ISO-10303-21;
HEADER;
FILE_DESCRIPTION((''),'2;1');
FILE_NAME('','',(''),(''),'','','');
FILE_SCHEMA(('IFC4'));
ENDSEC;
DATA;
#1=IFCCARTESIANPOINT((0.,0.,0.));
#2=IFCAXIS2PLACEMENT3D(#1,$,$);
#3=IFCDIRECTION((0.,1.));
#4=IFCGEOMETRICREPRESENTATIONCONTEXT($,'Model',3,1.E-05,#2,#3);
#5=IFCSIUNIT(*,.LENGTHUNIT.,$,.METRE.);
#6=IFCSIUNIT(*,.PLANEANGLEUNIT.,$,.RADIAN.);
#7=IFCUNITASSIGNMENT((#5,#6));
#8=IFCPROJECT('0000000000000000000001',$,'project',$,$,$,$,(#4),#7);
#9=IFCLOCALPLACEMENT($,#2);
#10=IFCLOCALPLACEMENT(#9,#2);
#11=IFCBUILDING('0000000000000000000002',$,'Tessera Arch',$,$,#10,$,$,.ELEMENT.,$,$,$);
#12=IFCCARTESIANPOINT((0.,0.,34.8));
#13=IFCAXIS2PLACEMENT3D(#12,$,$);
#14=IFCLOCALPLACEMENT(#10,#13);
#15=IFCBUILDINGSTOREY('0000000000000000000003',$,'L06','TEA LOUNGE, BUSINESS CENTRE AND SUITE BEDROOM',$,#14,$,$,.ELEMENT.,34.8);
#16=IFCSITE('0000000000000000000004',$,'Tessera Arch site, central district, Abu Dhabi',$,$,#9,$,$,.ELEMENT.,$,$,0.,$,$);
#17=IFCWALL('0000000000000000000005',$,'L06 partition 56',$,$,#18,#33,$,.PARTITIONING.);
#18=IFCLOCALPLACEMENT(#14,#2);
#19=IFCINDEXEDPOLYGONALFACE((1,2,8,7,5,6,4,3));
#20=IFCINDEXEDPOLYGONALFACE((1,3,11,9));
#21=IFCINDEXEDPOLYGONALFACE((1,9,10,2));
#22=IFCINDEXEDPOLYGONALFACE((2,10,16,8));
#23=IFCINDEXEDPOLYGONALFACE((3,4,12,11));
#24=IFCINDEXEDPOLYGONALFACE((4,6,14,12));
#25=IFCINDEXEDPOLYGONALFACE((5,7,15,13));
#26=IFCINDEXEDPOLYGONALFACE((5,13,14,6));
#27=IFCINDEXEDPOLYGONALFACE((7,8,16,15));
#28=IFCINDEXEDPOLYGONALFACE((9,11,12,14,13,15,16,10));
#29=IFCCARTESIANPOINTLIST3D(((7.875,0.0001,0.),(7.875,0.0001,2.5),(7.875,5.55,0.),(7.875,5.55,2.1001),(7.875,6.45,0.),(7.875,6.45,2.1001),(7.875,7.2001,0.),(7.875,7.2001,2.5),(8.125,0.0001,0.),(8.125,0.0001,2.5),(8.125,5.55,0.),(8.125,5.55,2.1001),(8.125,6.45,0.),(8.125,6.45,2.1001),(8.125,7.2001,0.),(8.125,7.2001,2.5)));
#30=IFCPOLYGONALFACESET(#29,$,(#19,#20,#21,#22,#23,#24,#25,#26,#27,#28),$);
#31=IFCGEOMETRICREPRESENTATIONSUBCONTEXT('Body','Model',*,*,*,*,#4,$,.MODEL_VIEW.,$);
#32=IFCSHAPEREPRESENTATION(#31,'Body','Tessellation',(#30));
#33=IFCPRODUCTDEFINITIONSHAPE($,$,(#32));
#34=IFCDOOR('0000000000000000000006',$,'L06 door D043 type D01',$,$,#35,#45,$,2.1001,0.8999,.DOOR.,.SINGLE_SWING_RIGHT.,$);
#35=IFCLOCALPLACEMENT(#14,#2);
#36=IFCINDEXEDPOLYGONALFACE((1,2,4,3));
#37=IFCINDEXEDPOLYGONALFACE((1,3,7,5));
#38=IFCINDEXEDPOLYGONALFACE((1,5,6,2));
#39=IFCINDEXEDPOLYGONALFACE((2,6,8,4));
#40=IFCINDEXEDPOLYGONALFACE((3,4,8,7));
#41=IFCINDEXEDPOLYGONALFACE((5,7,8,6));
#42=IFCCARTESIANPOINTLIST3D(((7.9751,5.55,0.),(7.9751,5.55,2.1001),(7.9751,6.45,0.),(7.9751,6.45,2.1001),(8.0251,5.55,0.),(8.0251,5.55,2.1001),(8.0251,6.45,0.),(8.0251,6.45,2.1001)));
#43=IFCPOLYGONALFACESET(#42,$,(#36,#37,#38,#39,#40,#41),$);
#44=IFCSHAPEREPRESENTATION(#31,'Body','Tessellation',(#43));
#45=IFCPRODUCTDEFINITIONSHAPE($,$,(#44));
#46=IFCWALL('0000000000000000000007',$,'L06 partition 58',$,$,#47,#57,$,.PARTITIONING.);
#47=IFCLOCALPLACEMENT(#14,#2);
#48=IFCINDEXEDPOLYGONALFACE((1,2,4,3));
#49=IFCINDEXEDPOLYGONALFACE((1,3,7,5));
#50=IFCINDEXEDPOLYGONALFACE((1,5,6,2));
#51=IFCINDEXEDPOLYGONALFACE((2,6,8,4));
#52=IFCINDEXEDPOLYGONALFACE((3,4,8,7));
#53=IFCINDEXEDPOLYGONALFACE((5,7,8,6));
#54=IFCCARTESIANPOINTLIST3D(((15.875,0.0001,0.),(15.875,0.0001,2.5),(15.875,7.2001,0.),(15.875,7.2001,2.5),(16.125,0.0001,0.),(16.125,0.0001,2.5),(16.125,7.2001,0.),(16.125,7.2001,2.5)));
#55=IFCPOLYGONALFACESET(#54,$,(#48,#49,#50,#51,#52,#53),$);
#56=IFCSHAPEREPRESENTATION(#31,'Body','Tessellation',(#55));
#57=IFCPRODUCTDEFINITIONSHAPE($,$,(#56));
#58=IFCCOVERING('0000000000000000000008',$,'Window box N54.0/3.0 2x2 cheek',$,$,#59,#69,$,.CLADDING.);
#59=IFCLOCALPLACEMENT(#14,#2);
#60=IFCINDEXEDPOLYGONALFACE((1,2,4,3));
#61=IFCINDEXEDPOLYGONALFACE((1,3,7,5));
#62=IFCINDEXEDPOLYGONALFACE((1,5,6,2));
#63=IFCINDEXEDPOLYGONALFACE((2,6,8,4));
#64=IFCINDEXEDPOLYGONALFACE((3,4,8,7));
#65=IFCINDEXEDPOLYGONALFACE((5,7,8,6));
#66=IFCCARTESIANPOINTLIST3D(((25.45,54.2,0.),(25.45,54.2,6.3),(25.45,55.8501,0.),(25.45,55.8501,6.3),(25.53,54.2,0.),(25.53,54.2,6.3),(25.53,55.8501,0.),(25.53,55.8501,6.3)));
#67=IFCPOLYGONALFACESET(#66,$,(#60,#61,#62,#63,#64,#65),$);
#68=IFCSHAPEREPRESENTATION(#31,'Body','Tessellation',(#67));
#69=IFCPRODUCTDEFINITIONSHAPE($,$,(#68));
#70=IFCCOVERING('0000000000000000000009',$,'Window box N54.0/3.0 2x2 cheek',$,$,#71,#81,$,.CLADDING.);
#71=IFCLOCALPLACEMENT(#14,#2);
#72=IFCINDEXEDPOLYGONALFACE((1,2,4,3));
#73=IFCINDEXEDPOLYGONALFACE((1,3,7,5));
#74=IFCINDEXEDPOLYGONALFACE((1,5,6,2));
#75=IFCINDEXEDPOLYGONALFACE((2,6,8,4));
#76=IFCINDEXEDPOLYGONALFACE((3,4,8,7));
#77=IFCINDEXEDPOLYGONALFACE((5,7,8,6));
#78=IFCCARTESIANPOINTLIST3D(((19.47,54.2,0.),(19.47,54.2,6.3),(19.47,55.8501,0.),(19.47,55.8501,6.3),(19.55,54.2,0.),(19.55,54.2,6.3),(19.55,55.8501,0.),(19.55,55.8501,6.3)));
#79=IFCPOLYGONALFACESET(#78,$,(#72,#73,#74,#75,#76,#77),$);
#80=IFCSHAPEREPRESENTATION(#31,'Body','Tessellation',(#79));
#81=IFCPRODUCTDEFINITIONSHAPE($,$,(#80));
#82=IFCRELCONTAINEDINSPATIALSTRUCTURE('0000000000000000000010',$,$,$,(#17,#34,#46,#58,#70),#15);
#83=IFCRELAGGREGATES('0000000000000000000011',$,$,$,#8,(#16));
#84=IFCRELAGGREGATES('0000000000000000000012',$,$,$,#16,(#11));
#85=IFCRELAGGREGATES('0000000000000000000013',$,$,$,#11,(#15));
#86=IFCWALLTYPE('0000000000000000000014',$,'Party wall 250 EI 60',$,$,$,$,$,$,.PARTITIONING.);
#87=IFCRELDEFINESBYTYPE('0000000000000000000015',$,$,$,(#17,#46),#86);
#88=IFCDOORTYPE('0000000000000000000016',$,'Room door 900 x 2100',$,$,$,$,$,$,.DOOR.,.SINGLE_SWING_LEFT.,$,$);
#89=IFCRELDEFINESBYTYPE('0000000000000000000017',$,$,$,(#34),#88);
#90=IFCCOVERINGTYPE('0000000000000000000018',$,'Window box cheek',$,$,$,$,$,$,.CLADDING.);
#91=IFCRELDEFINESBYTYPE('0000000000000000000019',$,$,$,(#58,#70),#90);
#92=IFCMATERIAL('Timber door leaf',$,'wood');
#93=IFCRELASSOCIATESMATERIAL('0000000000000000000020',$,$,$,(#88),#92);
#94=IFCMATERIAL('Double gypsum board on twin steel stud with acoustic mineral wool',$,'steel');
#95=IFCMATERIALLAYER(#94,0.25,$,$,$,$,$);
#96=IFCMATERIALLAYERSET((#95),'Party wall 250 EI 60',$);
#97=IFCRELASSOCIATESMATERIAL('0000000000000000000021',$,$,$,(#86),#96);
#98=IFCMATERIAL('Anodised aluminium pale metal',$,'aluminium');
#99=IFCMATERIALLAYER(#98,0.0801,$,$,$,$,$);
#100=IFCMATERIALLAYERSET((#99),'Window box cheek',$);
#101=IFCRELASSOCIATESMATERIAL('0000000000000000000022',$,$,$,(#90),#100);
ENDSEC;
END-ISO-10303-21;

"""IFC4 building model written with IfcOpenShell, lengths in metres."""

from ifc_helpers import new_model, si_unit, direction, frame, frame_2d, origin, place, context, subcontext, project, spatial, polyline, rectangle, outline, extrude, material, layer, layer_set, type_object, element, fill, save


model = new_model("IFC4")

# Units and contexts
model_context = context("Model", 3, precision=1e-05, world=origin(), true_north=direction((0.0, 1.0)))
body_context = subcontext(model_context, "Body", "Model", "MODEL_VIEW")
ifc_project = project(units=[si_unit("LENGTHUNIT", "METRE"), si_unit("PLANEANGLEUNIT", "RADIAN")], contexts=[model_context])

# Site, building, storey
site_placement = place(None, origin())
site = spatial("IfcSite", under=ifc_project, at=site_placement, Name="Tessera Arch site, central district, Abu Dhabi", CompositionType="ELEMENT", RefElevation=0.0)
building_placement = place(site_placement, origin())
building = spatial("IfcBuilding", under=site, at=building_placement, Name="Tessera Arch", CompositionType="ELEMENT")
storey_placement = place(building_placement, frame((0.0, 0.0, 34.8)))
storey = spatial("IfcBuildingStorey", under=building, at=storey_placement, Name="L06", Description="TEA LOUNGE, BUSINESS CENTRE AND SUITE BEDROOM", CompositionType="ELEMENT", Elevation=34.8)

# Wall, opening, door
ifc_material_1 = material(Name="Timber door leaf", Category="wood")
door_type = type_object("IfcDoorType", Name="Room door 900 x 2100", OperationType="SINGLE_SWING_LEFT", PredefinedType="DOOR", material=ifc_material_1)
ifc_material_2 = material(Name="Double gypsum board on twin steel stud with acoustic mineral wool", Category="steel")
ifc_layer_1 = layer(ifc_material_2, 0.25)
ifc_layer_set_1 = layer_set([ifc_layer_1], Name="Party wall 250 EI 60")
wall_type_1 = type_object("IfcWallType", Name="Party wall 250 EI 60", PredefinedType="PARTITIONING", material=ifc_layer_set_1)
wall_1_placement = place(storey_placement, frame((8.0, 0.0, 0.0), z_axis=(0.0, 0.0, 1.0), x_axis=(0.0, 1.0, 0.0)))
wall_1 = element("IfcWall", 1, at=wall_1_placement, inside=storey, type_object=wall_type_1, Name="L06 partition 56", PredefinedType="PARTITIONING", context=body_context, shape_type="SweptSolid", body=[
    extrude(rectangle(XDim=7.2, YDim=0.25, at=frame_2d((3.6001, 0.0))), origin(), (0.0, 0.0, 1.0), 2.5),
])
opening_1_placement = place(wall_1_placement, frame((5.55, 0.0, 0.0)))
opening_1 = element("IfcOpeningElement", 2, at=opening_1_placement, cuts=wall_1, PredefinedType="OPENING", context=body_context, shape_type="SweptSolid", body=[
    extrude(rectangle(XDim=0.8999, YDim=2.1001, at=frame_2d((0.45, 1.05))), frame((0.0, 0.135, 0.0), z_axis=(0.0, -1.0, 0.0), x_axis=(1.0, 0.0, 0.0)), (0.0, 0.0, 1.0), 0.27),
])
door_1_placement = place(opening_1_placement, origin())
door_1 = element("IfcDoor", 3, at=door_1_placement, inside=storey, type_object=door_type, Name="L06 door D043 type D01", OperationType="SINGLE_SWING_RIGHT", OverallHeight=2.1001, OverallWidth=0.8999, PredefinedType="DOOR", context=body_context, shape_type="SweptSolid", body=[
    extrude(rectangle(XDim=0.8999, YDim=2.1001, at=frame_2d((0.45, 1.05))), frame((0.0, 0.0249, 0.0), z_axis=(0.0, -1.0, 0.0), x_axis=(1.0, 0.0, 0.0)), (0.0, 0.0, 1.0), 0.05),
])
fill(opening_1, door_1)

# Wall
wall_2_placement = place(storey_placement, frame((16.0, 0.0, 0.0), z_axis=(0.0, 0.0, 1.0), x_axis=(0.0, 1.0, 0.0)))
element("IfcWall", 4, at=wall_2_placement, inside=storey, type_object=wall_type_1, Name="L06 partition 58", PredefinedType="PARTITIONING", context=body_context, shape_type="SweptSolid", body=[
    extrude(rectangle(XDim=7.2, YDim=0.25, at=frame_2d((3.6001, 0.0))), origin(), (0.0, 0.0, 1.0), 2.5),
])

# Coverings
ifc_material_3 = material(Name="Anodised aluminium pale metal", Category="aluminium")
ifc_layer_2 = layer(ifc_material_3, 0.0801)
ifc_layer_set_2 = layer_set([ifc_layer_2], Name="Window box cheek")
covering_type = type_object("IfcCoveringType", Name="Window box cheek", PredefinedType="CLADDING", material=ifc_layer_set_2)
covering_1_placement = place(storey_placement, origin())
element("IfcCovering", 5, at=covering_1_placement, inside=storey, type_object=covering_type, Name="Window box N54.0/3.0 2x2 cheek", PredefinedType="CLADDING", context=body_context, shape_type="SweptSolid", body=[
    extrude(outline(polyline([(25.53, 55.8501), (25.45, 55.8501), (25.45, 54.2), (25.53, 54.2), (25.53, 55.8501)])), origin(), (0.0, 0.0, 1.0), 6.3),
])
covering_2_placement = place(storey_placement, origin())
element("IfcCovering", 6, at=covering_2_placement, inside=storey, type_object=covering_type, Name="Window box N54.0/3.0 2x2 cheek", PredefinedType="CLADDING", context=body_context, shape_type="SweptSolid", body=[
    extrude(outline(polyline([(19.55, 55.8501), (19.47, 55.8501), (19.47, 54.2), (19.55, 54.2), (19.55, 55.8501)])), origin(), (0.0, 0.0, 1.0), 6.3),
])

save(model, "model.ifc")
